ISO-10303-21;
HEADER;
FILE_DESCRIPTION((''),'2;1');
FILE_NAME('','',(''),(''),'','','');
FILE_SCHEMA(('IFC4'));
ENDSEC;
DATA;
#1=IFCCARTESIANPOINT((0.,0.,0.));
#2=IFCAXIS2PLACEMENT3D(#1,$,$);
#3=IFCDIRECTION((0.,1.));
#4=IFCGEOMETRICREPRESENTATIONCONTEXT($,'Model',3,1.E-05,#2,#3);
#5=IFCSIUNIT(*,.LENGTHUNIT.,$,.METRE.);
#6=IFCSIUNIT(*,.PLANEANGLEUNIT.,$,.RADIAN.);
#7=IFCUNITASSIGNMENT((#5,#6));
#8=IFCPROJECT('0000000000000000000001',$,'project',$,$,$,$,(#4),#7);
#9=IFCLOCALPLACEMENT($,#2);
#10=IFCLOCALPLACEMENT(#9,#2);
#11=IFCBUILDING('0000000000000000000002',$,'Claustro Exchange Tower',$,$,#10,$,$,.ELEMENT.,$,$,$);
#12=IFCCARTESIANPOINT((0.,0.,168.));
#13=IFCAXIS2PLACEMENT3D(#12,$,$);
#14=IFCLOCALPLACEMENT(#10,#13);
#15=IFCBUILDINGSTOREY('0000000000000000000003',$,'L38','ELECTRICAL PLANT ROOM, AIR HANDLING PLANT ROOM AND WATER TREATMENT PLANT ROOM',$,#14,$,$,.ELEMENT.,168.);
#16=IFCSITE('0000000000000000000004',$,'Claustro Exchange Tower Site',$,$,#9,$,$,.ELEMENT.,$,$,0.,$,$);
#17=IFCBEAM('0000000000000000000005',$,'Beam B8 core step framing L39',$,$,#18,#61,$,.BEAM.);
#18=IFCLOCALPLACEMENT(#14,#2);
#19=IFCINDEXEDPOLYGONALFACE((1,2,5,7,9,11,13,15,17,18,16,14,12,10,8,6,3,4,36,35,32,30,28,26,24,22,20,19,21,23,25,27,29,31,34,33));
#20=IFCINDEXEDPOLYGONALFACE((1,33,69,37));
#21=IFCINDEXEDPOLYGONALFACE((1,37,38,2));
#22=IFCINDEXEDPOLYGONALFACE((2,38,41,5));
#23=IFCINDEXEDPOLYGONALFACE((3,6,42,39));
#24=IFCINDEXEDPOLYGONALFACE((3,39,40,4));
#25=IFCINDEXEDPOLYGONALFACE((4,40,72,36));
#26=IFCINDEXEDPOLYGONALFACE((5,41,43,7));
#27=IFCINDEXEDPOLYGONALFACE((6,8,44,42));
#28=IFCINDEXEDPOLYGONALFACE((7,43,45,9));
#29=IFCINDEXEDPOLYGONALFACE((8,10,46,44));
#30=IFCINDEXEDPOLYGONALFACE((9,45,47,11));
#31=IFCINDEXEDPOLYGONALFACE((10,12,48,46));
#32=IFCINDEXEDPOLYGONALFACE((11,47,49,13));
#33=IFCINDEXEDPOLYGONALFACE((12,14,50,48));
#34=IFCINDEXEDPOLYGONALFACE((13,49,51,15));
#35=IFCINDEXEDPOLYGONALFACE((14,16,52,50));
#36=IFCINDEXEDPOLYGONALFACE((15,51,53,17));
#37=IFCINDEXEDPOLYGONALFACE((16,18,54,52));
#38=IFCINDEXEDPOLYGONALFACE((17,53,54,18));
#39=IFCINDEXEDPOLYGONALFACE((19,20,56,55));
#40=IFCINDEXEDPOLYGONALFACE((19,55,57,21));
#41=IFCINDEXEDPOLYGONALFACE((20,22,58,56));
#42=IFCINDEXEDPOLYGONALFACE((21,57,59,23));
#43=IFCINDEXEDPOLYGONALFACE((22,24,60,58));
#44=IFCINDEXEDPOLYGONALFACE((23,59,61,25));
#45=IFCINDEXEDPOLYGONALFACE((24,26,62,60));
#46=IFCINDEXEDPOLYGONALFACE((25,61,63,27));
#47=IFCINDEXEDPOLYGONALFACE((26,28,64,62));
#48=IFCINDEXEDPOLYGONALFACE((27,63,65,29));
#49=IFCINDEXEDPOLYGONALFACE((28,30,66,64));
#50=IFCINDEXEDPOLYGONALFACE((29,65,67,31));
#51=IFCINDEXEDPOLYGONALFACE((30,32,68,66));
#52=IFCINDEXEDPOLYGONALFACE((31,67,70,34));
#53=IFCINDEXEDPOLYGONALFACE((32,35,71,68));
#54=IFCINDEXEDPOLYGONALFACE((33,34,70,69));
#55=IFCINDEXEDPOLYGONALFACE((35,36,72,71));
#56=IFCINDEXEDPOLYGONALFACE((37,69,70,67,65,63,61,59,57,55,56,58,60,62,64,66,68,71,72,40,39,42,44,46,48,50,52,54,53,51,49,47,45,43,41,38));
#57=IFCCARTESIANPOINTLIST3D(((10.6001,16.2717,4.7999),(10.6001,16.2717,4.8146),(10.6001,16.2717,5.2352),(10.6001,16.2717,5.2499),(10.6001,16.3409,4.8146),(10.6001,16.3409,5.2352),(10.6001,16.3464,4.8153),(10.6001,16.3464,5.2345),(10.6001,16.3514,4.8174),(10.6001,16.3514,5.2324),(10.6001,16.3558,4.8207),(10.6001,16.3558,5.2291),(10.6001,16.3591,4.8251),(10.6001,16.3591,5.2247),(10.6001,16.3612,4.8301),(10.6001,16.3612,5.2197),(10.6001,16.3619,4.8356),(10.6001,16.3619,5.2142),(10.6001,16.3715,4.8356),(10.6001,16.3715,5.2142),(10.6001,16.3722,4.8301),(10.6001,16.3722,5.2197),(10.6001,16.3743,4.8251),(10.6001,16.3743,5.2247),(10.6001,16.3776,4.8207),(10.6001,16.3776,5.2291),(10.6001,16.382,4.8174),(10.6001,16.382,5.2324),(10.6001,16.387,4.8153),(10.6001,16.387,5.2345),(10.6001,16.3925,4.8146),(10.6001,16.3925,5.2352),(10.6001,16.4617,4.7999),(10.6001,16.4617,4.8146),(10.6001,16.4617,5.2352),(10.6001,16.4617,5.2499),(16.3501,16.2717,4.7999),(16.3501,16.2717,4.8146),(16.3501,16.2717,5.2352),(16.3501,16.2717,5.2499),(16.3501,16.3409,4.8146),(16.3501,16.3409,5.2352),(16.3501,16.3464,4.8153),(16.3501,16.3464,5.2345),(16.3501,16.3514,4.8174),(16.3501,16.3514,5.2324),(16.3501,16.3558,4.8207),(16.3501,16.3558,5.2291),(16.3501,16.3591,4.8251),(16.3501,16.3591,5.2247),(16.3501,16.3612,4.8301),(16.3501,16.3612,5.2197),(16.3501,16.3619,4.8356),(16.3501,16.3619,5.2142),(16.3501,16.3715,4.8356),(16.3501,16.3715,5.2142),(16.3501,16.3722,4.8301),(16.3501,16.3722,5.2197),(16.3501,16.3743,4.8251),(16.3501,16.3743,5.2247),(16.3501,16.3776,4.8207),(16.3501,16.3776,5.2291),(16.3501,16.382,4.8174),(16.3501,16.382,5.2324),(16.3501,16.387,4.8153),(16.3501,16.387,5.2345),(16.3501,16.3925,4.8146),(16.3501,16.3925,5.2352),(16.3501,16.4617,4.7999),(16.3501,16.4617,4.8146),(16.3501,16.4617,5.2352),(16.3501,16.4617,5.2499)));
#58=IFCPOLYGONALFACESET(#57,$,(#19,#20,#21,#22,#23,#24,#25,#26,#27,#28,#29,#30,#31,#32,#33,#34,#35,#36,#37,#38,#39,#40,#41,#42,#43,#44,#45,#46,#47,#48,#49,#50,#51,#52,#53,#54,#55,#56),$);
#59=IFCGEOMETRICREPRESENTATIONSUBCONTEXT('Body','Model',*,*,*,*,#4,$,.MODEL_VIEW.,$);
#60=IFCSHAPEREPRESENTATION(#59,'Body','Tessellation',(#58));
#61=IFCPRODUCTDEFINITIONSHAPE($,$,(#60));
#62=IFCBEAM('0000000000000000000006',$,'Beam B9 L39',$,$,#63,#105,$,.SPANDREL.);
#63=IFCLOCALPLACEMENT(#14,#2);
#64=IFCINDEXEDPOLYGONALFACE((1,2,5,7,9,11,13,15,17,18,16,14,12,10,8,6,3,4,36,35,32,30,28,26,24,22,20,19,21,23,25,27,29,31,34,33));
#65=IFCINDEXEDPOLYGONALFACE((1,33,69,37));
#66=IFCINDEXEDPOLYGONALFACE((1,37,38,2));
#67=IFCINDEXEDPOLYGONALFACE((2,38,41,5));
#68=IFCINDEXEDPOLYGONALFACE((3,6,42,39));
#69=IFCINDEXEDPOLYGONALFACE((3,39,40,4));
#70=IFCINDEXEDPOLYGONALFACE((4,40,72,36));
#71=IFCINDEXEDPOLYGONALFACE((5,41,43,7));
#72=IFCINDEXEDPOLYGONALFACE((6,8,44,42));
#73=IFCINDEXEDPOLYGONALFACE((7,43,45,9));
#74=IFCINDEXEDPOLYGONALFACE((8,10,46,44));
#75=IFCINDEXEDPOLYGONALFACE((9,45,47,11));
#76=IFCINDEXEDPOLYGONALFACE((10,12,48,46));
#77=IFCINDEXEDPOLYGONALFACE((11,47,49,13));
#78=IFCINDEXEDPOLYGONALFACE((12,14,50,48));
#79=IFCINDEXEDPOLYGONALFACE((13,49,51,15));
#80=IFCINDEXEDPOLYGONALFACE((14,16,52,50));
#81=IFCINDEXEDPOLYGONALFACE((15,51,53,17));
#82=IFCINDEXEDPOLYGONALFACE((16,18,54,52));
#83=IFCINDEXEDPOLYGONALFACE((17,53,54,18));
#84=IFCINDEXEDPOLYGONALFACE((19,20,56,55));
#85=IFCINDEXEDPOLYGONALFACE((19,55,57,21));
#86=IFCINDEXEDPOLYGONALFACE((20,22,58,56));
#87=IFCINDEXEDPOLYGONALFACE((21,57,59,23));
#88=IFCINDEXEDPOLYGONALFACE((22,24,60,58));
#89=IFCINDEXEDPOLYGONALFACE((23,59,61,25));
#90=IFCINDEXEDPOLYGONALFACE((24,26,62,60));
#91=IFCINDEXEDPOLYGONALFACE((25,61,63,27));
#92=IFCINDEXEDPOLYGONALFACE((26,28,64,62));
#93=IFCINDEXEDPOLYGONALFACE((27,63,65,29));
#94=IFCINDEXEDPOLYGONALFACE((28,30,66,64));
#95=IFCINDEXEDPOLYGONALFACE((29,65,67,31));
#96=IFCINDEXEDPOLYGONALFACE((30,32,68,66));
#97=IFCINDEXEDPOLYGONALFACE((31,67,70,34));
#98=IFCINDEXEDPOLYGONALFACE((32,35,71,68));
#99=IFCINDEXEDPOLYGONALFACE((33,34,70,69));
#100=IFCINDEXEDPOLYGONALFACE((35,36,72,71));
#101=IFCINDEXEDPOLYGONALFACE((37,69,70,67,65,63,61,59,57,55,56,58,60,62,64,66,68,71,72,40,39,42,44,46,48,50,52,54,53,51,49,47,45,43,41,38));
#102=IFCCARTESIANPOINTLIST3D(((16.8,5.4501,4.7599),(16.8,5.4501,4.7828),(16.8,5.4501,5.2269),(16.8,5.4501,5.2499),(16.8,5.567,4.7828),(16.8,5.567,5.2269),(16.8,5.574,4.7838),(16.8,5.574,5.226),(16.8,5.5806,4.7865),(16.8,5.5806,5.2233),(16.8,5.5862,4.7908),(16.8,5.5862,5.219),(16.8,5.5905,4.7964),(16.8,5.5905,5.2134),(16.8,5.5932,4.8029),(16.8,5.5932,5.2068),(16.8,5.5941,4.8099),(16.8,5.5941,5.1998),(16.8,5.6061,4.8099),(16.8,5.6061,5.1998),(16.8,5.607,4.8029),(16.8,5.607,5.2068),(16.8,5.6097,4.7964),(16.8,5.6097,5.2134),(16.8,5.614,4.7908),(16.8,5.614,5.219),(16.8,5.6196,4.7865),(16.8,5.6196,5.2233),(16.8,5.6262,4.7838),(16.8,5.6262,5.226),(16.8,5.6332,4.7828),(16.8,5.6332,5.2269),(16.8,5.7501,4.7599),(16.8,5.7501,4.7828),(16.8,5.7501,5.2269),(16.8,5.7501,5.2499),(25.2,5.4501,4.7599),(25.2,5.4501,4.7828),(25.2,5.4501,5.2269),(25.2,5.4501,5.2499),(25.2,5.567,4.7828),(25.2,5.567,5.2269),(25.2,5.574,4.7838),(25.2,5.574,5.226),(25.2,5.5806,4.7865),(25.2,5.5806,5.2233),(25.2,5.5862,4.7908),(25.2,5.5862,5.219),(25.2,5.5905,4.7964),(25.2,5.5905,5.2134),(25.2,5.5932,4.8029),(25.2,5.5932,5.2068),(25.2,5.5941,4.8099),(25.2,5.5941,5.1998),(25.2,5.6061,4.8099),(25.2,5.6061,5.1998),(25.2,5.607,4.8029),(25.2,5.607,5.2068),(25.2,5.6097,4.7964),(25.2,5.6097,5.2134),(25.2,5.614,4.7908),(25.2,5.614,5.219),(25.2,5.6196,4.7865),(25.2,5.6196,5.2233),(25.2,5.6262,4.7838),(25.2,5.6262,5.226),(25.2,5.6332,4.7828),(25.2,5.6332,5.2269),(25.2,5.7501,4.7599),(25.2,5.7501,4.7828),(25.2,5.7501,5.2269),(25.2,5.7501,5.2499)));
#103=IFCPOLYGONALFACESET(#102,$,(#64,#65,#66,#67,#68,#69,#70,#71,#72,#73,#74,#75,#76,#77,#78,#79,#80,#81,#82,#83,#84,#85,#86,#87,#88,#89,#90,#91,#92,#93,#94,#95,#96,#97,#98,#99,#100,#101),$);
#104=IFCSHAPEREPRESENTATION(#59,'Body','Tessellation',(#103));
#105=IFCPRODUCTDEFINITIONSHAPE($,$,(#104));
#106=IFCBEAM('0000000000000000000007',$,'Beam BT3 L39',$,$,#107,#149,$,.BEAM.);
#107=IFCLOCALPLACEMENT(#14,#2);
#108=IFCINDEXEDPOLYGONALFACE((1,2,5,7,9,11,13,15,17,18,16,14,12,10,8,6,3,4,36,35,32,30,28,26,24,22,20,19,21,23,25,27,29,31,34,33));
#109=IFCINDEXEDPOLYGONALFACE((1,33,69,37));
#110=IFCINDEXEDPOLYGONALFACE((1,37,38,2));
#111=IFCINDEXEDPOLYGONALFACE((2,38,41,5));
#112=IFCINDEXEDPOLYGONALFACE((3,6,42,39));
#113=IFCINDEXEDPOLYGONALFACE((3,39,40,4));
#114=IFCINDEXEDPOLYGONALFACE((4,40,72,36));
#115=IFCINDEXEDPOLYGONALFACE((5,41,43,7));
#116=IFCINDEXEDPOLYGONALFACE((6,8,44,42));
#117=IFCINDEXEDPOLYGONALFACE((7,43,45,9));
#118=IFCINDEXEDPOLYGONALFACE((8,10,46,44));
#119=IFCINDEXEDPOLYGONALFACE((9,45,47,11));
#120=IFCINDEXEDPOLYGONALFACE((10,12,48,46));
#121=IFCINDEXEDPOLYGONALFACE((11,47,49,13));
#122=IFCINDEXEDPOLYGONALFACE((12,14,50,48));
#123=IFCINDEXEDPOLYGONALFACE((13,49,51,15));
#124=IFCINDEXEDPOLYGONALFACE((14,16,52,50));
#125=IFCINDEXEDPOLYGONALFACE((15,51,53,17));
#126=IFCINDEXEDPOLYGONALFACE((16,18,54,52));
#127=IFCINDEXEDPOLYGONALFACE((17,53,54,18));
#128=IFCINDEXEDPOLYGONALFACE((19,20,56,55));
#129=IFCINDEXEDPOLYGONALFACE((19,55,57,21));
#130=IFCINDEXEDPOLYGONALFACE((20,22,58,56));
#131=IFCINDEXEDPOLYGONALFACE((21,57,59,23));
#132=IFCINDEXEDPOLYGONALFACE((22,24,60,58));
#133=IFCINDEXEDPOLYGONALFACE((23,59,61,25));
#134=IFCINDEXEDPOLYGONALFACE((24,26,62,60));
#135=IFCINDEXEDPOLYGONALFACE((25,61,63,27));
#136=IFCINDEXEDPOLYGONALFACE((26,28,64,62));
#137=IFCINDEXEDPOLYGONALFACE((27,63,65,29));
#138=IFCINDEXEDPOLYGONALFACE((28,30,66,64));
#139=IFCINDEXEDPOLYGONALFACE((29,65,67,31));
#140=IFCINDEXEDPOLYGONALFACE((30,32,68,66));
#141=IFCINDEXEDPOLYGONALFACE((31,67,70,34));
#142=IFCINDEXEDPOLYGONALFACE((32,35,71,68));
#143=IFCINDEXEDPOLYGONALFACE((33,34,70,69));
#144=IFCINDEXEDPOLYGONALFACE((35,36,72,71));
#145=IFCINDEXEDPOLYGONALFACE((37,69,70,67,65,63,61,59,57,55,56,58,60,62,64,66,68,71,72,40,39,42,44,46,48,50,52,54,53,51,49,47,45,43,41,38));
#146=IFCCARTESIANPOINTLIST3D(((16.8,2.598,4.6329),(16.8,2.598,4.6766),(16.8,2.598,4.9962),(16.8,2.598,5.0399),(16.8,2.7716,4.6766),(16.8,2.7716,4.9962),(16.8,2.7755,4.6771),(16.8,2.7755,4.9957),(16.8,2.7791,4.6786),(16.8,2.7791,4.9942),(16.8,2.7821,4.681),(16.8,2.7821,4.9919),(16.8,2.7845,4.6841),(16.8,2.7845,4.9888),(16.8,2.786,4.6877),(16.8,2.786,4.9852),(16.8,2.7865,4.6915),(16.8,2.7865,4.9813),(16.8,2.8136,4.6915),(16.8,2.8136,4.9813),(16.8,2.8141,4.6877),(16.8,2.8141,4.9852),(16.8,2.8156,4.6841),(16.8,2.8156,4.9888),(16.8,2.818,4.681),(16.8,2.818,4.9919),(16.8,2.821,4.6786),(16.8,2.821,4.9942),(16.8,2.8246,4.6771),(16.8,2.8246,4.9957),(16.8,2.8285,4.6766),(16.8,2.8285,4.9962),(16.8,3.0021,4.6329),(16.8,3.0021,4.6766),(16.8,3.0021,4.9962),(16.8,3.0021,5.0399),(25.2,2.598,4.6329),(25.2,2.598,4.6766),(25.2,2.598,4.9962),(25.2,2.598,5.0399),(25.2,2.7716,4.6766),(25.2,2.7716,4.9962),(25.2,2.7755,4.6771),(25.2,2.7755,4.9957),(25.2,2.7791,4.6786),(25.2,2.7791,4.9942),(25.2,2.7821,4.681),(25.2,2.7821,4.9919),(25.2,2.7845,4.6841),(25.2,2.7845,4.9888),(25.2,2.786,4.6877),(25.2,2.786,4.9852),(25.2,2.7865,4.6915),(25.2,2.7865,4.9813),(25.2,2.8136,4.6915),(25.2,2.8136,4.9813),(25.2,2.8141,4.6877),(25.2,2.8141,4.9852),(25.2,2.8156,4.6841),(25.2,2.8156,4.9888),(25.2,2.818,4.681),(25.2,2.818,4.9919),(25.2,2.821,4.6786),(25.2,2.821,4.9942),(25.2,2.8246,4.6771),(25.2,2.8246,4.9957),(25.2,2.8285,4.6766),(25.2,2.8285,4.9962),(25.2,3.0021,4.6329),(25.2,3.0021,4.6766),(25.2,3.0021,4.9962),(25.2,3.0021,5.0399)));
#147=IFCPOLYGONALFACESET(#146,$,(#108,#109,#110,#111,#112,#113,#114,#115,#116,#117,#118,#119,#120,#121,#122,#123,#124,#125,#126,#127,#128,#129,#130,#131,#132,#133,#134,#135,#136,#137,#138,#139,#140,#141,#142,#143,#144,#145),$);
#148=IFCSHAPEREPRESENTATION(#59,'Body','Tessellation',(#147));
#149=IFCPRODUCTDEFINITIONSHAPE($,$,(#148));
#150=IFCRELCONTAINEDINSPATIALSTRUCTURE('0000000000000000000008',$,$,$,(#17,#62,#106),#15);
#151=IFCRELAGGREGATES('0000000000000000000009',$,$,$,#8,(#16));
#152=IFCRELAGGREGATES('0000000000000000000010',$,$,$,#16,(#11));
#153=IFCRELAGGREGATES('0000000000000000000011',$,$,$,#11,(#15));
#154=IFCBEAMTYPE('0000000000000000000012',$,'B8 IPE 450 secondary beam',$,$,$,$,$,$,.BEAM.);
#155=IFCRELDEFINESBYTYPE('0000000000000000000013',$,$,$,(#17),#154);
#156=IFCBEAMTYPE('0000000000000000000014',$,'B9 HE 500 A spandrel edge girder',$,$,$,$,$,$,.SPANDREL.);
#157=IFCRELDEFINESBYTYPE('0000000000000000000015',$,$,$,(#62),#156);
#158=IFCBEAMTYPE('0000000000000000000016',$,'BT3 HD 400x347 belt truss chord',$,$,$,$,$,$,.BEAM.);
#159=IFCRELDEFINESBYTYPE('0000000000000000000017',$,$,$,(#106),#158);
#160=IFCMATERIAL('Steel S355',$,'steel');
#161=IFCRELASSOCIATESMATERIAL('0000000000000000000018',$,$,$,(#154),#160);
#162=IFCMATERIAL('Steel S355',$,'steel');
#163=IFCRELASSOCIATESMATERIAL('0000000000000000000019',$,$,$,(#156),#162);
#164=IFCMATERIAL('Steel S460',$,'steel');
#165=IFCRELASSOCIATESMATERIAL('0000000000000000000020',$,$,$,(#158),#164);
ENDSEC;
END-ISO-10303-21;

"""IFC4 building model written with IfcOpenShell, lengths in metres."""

from ifc_helpers import new_model, si_unit, direction, frame, origin, origin_2d, place, context, subcontext, project, spatial, i_section, extrude, material, material_profile, profile_set, type_object, element, save


model = new_model("IFC4")

# Units and contexts
model_context = context("Model", 3, precision=1e-05, world=origin(), true_north=direction((0.0, 1.0)))
body_context = subcontext(model_context, "Body", "Model", "MODEL_VIEW")
ifc_project = project(units=[si_unit("LENGTHUNIT", "METRE"), si_unit("PLANEANGLEUNIT", "RADIAN")], contexts=[model_context])

# Site, building, storey
site_placement = place(None, origin())
site = spatial("IfcSite", under=ifc_project, at=site_placement, Name="Claustro Exchange Tower Site", CompositionType="ELEMENT", RefElevation=0.0)
building_placement = place(site_placement, origin())
building = spatial("IfcBuilding", under=site, at=building_placement, Name="Claustro Exchange Tower", CompositionType="ELEMENT")
storey_placement = place(building_placement, frame((0.0, 0.0, 168.0)))
storey = spatial("IfcBuildingStorey", under=building, at=storey_placement, Name="L38", Description="ELECTRICAL PLANT ROOM, AIR HANDLING PLANT ROOM AND WATER TREATMENT PLANT ROOM", CompositionType="ELEMENT", Elevation=168.0)

# Beams
ifc_material_1 = material(Name="Steel S355", Category="steel")
ifc_material_profile_1 = material_profile(ifc_material_1, i_section(OverallWidth=0.1899, OverallDepth=0.45, WebThickness=0.0095, FlangeThickness=0.0146, FilletRadius=0.021, at=origin_2d()), Name="IPE 450")
ifc_profile_set_1 = profile_set([ifc_material_profile_1], Name="Steel S355")
beam_type_1 = type_object("IfcBeamType", Name="B8 IPE 450 secondary beam", PredefinedType="BEAM", material=ifc_profile_set_1)
beam_1_placement = place(storey_placement, frame((10.6001, 16.3667, 5.0249), z_axis=(1.0, 0.0, 0.0), x_axis=(0.0, 1.0, 0.0)))
element("IfcBeam", 1, at=beam_1_placement, inside=storey, type_object=beam_type_1, Name="Beam B8 core step framing L39", PredefinedType="BEAM", context=body_context, shape_type="SweptSolid", body=[
    extrude(i_section(OverallWidth=0.1899, OverallDepth=0.45, WebThickness=0.0095, FlangeThickness=0.0146, FilletRadius=0.021, at=origin_2d()), origin(), (0.0, 0.0, 1.0), 5.75),
])
ifc_material_2 = material(Name="Steel S355", Category="steel")
ifc_material_profile_2 = material_profile(ifc_material_2, i_section(OverallWidth=0.3, OverallDepth=0.49, WebThickness=0.012, FlangeThickness=0.0229, FilletRadius=0.0271, at=origin_2d()), Name="HE 500 A")
ifc_profile_set_2 = profile_set([ifc_material_profile_2], Name="Steel S355")
beam_type_2 = type_object("IfcBeamType", Name="B9 HE 500 A spandrel edge girder", PredefinedType="SPANDREL", material=ifc_profile_set_2)
beam_2_placement = place(storey_placement, frame((16.8, 5.6001, 5.0049), z_axis=(1.0, 0.0, 0.0), x_axis=(0.0, 1.0, 0.0)))
element("IfcBeam", 2, at=beam_2_placement, inside=storey, type_object=beam_type_2, Name="Beam B9 L39", PredefinedType="SPANDREL", context=body_context, shape_type="SweptSolid", body=[
    extrude(i_section(OverallWidth=0.3, OverallDepth=0.49, WebThickness=0.012, FlangeThickness=0.0229, FilletRadius=0.0271, at=origin_2d()), origin(), (0.0, 0.0, 1.0), 8.3999),
])
ifc_material_3 = material(Name="Steel S460", Category="steel")
ifc_material_profile_3 = material_profile(ifc_material_3, i_section(OverallWidth=0.4041, OverallDepth=0.407, WebThickness=0.0271, FlangeThickness=0.0437, FilletRadius=0.0149, at=origin_2d()), Name="HD 400x347")
ifc_profile_set_3 = profile_set([ifc_material_profile_3], Name="Steel S460")
beam_type_3 = type_object("IfcBeamType", Name="BT3 HD 400x347 belt truss chord", PredefinedType="BEAM", material=ifc_profile_set_3)
beam_3_placement = place(storey_placement, frame((16.8, 2.8, 4.8364), z_axis=(1.0, 0.0, 0.0), x_axis=(0.0, 1.0, 0.0)))
element("IfcBeam", 3, at=beam_3_placement, inside=storey, type_object=beam_type_3, Name="Beam BT3 L39", PredefinedType="BEAM", context=body_context, shape_type="SweptSolid", body=[
    extrude(i_section(OverallWidth=0.4041, OverallDepth=0.407, WebThickness=0.0271, FlangeThickness=0.0437, FilletRadius=0.0149, at=origin_2d()), origin(), (0.0, 0.0, 1.0), 8.3999),
])

save(model, "model.ifc")
